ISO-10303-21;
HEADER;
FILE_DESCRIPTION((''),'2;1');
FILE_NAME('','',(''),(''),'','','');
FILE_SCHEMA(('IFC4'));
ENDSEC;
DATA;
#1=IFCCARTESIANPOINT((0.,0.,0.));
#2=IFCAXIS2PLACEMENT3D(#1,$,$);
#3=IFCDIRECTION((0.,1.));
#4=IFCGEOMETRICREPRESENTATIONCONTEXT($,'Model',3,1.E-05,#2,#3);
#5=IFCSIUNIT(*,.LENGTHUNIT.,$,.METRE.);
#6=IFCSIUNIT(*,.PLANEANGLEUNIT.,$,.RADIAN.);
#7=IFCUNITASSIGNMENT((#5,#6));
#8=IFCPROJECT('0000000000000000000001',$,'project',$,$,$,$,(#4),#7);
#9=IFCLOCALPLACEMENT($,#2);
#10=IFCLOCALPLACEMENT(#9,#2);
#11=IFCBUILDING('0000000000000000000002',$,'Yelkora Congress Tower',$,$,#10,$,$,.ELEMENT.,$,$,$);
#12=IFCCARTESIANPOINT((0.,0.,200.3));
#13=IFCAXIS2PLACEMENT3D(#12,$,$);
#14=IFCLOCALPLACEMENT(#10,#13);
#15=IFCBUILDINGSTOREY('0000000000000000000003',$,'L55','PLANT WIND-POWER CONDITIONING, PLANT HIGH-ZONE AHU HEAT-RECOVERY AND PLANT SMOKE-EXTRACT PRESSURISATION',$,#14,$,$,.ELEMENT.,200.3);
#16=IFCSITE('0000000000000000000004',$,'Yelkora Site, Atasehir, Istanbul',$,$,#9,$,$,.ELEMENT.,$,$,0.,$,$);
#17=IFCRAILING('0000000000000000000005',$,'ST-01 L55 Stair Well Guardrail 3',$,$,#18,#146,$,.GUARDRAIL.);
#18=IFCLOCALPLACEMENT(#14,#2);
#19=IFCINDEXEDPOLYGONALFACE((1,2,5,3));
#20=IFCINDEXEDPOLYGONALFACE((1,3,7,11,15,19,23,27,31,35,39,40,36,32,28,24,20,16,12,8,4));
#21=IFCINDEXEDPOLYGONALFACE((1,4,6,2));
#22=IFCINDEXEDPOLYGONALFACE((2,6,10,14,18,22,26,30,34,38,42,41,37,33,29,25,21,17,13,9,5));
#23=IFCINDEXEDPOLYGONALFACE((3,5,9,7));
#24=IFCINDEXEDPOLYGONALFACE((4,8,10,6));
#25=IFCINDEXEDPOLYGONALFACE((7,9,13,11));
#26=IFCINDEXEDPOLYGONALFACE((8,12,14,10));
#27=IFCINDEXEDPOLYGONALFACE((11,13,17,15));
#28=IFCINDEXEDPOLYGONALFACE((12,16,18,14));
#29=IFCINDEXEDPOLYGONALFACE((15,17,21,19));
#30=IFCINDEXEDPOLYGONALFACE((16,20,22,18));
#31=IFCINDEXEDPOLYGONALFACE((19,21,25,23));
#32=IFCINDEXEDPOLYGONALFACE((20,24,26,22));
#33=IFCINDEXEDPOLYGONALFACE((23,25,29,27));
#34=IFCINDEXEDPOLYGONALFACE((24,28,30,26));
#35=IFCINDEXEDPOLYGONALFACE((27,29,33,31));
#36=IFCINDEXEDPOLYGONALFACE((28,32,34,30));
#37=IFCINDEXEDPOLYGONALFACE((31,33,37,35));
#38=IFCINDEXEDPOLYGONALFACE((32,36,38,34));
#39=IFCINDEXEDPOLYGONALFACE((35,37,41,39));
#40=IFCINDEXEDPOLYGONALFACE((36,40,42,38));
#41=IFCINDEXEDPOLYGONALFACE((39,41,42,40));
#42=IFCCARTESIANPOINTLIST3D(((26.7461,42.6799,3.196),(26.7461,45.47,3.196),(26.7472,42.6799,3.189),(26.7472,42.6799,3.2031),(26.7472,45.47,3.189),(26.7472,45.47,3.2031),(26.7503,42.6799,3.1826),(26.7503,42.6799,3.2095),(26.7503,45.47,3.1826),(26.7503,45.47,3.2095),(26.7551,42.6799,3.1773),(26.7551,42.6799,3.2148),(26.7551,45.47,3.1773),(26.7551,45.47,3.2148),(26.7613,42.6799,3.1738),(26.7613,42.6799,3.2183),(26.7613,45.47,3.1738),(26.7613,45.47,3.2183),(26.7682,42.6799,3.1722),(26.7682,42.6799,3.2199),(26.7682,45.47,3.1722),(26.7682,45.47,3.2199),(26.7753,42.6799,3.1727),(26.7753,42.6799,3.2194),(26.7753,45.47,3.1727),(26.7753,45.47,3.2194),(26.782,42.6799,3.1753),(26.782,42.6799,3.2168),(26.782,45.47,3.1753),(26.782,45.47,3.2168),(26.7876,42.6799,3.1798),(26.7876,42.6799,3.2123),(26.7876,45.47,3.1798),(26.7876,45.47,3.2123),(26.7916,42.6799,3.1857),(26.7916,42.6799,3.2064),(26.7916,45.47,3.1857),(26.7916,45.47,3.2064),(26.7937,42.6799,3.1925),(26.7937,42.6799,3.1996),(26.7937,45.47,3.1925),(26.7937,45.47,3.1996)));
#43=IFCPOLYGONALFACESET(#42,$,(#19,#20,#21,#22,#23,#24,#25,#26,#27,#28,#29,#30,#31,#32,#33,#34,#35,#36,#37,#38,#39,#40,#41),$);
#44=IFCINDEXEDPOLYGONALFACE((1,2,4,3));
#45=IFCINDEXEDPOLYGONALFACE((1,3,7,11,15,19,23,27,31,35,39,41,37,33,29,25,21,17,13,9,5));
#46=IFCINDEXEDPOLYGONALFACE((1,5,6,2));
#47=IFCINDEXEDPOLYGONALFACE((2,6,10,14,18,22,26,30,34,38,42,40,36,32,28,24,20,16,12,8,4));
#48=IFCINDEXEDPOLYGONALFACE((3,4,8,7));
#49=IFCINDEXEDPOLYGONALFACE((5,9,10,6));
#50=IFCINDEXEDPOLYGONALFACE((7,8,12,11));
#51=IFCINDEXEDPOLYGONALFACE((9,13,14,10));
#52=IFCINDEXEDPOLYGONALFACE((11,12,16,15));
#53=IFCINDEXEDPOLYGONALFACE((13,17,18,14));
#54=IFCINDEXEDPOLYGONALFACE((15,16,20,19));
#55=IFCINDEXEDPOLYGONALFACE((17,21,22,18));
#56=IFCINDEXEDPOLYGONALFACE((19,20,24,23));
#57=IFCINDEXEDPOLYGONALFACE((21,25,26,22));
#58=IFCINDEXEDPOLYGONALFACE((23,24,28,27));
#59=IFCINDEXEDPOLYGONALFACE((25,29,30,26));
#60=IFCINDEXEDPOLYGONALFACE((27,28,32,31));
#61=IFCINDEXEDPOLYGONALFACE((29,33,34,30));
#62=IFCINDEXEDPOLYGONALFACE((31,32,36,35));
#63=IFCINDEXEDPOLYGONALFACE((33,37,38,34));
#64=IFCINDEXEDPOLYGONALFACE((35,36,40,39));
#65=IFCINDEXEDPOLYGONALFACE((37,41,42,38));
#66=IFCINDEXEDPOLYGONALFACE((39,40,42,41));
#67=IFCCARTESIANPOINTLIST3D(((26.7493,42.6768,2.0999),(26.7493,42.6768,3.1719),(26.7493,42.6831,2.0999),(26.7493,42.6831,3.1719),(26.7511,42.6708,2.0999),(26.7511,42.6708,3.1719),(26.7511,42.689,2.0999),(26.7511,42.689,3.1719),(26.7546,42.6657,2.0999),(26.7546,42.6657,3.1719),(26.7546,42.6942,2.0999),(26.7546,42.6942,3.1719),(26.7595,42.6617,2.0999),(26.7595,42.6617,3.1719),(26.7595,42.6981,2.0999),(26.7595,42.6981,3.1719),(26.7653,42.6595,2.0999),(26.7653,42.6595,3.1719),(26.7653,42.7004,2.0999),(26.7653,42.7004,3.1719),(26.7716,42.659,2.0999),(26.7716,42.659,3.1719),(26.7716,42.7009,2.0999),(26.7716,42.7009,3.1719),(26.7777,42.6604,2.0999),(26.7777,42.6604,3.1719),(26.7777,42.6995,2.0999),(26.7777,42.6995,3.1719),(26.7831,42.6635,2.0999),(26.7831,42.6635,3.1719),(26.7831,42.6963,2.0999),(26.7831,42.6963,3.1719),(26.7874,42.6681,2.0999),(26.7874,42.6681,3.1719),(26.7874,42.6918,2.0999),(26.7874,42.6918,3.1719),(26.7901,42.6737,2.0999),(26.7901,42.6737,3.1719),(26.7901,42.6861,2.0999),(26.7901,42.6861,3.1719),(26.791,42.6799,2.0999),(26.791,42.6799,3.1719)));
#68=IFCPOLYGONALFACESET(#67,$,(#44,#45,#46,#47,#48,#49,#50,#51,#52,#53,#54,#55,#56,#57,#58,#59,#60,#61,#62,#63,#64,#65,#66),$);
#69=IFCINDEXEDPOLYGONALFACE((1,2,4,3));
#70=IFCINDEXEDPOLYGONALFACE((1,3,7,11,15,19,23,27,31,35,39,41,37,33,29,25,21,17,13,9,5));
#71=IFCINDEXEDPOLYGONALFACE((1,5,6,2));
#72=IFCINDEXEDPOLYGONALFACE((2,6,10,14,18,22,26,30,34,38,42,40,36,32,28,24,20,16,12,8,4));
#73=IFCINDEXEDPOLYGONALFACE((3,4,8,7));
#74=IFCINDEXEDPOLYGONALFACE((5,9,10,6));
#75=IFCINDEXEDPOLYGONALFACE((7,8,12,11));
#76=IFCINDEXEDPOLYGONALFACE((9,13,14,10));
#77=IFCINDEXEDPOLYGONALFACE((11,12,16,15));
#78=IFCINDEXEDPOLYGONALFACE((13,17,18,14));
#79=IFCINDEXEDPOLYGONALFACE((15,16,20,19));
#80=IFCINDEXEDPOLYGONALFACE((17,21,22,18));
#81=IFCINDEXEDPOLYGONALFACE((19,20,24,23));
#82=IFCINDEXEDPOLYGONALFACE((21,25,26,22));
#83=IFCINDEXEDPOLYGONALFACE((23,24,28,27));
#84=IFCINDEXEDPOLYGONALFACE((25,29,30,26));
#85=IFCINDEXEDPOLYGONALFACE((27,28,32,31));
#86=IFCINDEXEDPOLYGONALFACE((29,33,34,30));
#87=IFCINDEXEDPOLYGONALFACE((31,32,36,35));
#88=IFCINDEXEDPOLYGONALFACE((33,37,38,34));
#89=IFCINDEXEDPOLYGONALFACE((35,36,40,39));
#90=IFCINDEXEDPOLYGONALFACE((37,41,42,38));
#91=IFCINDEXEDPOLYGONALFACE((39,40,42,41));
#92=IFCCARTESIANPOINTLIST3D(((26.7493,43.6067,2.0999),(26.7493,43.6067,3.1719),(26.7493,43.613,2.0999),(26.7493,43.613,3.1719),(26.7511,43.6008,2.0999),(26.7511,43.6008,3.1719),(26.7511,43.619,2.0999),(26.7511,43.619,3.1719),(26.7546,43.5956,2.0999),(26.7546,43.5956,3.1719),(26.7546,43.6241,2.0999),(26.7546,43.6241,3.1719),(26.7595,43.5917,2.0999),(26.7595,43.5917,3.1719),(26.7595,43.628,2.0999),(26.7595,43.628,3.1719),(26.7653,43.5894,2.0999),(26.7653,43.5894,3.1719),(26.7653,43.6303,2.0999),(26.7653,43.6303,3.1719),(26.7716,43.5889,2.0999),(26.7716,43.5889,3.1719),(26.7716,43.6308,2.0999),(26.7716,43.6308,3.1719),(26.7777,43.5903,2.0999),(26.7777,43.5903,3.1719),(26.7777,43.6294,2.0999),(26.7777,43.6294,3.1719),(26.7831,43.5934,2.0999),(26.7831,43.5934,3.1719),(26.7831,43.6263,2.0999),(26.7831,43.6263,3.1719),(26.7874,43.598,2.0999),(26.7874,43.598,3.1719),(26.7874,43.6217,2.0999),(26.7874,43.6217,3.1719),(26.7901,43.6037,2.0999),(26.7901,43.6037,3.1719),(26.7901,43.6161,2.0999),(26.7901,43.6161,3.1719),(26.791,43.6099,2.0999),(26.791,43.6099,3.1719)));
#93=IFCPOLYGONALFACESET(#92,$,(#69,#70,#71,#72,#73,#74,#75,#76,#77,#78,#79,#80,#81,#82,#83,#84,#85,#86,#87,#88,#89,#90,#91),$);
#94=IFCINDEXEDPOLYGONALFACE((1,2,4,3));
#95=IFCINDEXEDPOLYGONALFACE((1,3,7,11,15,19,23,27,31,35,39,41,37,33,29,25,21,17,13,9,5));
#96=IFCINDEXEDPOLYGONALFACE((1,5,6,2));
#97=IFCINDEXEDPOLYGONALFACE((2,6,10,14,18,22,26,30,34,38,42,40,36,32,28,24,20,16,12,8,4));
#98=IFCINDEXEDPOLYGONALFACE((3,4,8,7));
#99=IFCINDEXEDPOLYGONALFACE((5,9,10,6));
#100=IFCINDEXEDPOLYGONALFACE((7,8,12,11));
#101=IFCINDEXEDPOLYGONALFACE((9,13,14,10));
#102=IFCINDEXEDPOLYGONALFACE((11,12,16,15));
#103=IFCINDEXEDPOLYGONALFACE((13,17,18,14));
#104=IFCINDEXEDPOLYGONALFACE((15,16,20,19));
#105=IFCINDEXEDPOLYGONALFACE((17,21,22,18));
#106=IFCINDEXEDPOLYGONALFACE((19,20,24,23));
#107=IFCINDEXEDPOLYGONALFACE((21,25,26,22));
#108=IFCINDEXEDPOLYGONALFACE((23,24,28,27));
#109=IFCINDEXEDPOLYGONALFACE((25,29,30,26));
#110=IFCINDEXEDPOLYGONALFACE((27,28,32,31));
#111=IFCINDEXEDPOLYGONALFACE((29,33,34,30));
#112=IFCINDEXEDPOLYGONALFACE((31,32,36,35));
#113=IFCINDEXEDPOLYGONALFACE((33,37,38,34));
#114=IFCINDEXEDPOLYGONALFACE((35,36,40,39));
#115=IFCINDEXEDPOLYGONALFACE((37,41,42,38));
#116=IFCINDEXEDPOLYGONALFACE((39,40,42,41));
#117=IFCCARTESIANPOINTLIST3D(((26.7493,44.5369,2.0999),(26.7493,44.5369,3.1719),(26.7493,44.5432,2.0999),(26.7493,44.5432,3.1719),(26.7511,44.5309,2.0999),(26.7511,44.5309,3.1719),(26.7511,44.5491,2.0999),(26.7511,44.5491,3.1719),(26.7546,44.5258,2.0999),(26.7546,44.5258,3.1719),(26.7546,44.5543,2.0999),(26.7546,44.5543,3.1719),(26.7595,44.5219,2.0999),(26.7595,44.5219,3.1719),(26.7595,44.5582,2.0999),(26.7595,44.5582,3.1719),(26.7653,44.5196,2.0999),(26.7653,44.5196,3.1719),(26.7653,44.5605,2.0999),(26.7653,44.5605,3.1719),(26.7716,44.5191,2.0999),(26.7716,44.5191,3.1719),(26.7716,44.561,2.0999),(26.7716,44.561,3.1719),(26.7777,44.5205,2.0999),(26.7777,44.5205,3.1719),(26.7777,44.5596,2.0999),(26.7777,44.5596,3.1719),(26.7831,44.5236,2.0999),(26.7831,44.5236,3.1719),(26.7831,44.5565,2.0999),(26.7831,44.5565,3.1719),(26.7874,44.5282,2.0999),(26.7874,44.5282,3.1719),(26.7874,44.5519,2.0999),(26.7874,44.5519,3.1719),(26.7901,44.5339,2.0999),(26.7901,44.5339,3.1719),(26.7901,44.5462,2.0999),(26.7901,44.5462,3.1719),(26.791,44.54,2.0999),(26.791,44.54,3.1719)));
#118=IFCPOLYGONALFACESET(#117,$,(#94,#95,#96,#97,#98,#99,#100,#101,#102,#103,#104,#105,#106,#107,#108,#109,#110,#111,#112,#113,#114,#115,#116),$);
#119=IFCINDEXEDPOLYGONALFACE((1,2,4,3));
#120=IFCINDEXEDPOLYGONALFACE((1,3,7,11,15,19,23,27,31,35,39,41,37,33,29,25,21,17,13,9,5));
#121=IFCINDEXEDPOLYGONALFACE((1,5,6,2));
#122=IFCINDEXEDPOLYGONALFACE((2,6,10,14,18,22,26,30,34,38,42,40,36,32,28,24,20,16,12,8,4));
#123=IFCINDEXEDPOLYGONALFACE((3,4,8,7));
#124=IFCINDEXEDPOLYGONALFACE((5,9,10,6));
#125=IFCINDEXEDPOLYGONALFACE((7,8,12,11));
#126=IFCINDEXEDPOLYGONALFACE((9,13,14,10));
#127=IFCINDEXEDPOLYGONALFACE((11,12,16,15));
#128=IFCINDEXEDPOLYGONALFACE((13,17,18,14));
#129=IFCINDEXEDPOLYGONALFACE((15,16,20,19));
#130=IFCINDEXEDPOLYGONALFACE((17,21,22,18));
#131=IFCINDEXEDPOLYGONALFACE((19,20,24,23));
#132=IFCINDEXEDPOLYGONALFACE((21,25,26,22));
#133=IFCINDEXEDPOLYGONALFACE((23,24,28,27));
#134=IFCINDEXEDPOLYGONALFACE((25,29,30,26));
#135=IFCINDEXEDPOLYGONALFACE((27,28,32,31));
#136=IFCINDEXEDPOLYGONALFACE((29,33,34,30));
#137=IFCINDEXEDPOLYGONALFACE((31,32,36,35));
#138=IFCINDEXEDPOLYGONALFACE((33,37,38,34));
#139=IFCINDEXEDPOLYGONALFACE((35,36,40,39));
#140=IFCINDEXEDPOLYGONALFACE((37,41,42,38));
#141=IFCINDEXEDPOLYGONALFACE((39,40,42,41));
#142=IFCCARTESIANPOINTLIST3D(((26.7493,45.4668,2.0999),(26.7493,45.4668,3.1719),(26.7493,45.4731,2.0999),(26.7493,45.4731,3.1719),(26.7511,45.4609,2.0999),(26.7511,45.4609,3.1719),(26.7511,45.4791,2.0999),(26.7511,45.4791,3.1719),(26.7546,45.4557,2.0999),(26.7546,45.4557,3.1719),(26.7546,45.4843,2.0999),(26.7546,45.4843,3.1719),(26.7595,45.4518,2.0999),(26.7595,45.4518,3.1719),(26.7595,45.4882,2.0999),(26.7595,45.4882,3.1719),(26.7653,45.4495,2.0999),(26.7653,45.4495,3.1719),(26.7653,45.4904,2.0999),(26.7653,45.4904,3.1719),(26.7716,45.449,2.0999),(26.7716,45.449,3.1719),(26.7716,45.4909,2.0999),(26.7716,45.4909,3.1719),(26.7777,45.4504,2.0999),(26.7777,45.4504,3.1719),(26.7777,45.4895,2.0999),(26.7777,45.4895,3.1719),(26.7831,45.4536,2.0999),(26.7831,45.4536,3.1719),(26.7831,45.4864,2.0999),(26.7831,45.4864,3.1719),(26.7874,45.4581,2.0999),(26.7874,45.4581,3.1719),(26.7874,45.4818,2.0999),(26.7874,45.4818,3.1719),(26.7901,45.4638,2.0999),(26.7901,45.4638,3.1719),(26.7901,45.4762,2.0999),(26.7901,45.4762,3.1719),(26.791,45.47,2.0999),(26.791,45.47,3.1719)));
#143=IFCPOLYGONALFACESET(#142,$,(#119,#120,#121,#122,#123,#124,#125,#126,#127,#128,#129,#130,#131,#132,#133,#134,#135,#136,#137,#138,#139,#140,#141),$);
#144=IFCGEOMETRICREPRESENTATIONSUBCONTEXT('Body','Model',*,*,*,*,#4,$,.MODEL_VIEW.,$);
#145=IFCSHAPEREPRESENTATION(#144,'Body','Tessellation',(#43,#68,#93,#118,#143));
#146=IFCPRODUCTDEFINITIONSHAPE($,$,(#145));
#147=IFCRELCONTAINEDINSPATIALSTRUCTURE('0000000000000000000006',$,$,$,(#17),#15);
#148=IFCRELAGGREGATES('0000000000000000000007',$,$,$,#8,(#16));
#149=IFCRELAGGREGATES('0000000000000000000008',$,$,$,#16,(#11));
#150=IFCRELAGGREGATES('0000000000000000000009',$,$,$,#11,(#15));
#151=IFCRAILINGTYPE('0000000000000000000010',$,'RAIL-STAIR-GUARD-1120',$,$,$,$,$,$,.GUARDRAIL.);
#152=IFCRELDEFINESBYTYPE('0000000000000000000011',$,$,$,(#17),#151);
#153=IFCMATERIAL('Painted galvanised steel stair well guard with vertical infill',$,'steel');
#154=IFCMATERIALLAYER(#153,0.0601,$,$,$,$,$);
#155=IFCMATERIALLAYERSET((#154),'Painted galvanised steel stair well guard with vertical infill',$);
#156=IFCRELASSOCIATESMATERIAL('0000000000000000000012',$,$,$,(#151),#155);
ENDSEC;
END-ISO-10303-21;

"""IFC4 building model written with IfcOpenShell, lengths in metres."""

from ifc_helpers import new_model, si_unit, direction, frame, origin, origin_2d, place, context, subcontext, project, spatial, circle, extrude, material, layer, layer_set, type_object, element, save


model = new_model("IFC4")

# Units and contexts
model_context = context("Model", 3, precision=1e-05, world=origin(), true_north=direction((0.0, 1.0)))
body_context = subcontext(model_context, "Body", "Model", "MODEL_VIEW")
ifc_project = project(units=[si_unit("LENGTHUNIT", "METRE"), si_unit("PLANEANGLEUNIT", "RADIAN")], contexts=[model_context])

# Site, building, storey
site_placement = place(None, origin())
site = spatial("IfcSite", under=ifc_project, at=site_placement, Name="Yelkora Site, Atasehir, Istanbul", CompositionType="ELEMENT", RefElevation=0.0)
building_placement = place(site_placement, origin())
building = spatial("IfcBuilding", under=site, at=building_placement, Name="Yelkora Congress Tower", CompositionType="ELEMENT")
storey_placement = place(building_placement, frame((0.0, 0.0, 200.3)))
storey = spatial("IfcBuildingStorey", under=building, at=storey_placement, Name="L55", Description="PLANT WIND-POWER CONDITIONING, PLANT HIGH-ZONE AHU HEAT-RECOVERY AND PLANT SMOKE-EXTRACT PRESSURISATION", CompositionType="ELEMENT", Elevation=200.3)

# Railing
ifc_material_1 = material(Name="Painted galvanised steel stair well guard with vertical infill", Category="steel")
ifc_layer_1 = layer(ifc_material_1, 0.0601)
ifc_layer_set_1 = layer_set([ifc_layer_1], Name="Painted galvanised steel stair well guard with vertical infill")
railing_type_1 = type_object("IfcRailingType", Name="RAIL-STAIR-GUARD-1120", PredefinedType="GUARDRAIL", material=ifc_layer_set_1)
railing_1_placement = place(storey_placement, frame((26.77, 42.6799, 2.0999)))
element("IfcRailing", 1, at=railing_1_placement, inside=storey, type_object=railing_type_1, Name="ST-01 L55 Stair Well Guardrail 3", PredefinedType="GUARDRAIL", context=body_context, shape_type="SweptSolid", body=[
    extrude(circle(Radius=0.0239, at=origin_2d()), frame((0.0, 0.0, 1.0962), z_axis=(0.0, 1.0, 0.0), x_axis=(-1.0, 0.0, 0.0)), (0.0, 0.0, 1.0), 2.79),
    extrude(circle(Radius=0.021, at=origin_2d()), origin(), (0.0, 0.0, 1.0), 1.072),
    extrude(circle(Radius=0.021, at=origin_2d()), frame((0.0, 0.9299, 0.0)), (0.0, 0.0, 1.0), 1.072),
    extrude(circle(Radius=0.021, at=origin_2d()), frame((0.0, 1.8601, 0.0)), (0.0, 0.0, 1.0), 1.072),
    extrude(circle(Radius=0.021, at=origin_2d()), frame((0.0, 2.79, 0.0)), (0.0, 0.0, 1.0), 1.072),
])

save(model, "model.ifc")
